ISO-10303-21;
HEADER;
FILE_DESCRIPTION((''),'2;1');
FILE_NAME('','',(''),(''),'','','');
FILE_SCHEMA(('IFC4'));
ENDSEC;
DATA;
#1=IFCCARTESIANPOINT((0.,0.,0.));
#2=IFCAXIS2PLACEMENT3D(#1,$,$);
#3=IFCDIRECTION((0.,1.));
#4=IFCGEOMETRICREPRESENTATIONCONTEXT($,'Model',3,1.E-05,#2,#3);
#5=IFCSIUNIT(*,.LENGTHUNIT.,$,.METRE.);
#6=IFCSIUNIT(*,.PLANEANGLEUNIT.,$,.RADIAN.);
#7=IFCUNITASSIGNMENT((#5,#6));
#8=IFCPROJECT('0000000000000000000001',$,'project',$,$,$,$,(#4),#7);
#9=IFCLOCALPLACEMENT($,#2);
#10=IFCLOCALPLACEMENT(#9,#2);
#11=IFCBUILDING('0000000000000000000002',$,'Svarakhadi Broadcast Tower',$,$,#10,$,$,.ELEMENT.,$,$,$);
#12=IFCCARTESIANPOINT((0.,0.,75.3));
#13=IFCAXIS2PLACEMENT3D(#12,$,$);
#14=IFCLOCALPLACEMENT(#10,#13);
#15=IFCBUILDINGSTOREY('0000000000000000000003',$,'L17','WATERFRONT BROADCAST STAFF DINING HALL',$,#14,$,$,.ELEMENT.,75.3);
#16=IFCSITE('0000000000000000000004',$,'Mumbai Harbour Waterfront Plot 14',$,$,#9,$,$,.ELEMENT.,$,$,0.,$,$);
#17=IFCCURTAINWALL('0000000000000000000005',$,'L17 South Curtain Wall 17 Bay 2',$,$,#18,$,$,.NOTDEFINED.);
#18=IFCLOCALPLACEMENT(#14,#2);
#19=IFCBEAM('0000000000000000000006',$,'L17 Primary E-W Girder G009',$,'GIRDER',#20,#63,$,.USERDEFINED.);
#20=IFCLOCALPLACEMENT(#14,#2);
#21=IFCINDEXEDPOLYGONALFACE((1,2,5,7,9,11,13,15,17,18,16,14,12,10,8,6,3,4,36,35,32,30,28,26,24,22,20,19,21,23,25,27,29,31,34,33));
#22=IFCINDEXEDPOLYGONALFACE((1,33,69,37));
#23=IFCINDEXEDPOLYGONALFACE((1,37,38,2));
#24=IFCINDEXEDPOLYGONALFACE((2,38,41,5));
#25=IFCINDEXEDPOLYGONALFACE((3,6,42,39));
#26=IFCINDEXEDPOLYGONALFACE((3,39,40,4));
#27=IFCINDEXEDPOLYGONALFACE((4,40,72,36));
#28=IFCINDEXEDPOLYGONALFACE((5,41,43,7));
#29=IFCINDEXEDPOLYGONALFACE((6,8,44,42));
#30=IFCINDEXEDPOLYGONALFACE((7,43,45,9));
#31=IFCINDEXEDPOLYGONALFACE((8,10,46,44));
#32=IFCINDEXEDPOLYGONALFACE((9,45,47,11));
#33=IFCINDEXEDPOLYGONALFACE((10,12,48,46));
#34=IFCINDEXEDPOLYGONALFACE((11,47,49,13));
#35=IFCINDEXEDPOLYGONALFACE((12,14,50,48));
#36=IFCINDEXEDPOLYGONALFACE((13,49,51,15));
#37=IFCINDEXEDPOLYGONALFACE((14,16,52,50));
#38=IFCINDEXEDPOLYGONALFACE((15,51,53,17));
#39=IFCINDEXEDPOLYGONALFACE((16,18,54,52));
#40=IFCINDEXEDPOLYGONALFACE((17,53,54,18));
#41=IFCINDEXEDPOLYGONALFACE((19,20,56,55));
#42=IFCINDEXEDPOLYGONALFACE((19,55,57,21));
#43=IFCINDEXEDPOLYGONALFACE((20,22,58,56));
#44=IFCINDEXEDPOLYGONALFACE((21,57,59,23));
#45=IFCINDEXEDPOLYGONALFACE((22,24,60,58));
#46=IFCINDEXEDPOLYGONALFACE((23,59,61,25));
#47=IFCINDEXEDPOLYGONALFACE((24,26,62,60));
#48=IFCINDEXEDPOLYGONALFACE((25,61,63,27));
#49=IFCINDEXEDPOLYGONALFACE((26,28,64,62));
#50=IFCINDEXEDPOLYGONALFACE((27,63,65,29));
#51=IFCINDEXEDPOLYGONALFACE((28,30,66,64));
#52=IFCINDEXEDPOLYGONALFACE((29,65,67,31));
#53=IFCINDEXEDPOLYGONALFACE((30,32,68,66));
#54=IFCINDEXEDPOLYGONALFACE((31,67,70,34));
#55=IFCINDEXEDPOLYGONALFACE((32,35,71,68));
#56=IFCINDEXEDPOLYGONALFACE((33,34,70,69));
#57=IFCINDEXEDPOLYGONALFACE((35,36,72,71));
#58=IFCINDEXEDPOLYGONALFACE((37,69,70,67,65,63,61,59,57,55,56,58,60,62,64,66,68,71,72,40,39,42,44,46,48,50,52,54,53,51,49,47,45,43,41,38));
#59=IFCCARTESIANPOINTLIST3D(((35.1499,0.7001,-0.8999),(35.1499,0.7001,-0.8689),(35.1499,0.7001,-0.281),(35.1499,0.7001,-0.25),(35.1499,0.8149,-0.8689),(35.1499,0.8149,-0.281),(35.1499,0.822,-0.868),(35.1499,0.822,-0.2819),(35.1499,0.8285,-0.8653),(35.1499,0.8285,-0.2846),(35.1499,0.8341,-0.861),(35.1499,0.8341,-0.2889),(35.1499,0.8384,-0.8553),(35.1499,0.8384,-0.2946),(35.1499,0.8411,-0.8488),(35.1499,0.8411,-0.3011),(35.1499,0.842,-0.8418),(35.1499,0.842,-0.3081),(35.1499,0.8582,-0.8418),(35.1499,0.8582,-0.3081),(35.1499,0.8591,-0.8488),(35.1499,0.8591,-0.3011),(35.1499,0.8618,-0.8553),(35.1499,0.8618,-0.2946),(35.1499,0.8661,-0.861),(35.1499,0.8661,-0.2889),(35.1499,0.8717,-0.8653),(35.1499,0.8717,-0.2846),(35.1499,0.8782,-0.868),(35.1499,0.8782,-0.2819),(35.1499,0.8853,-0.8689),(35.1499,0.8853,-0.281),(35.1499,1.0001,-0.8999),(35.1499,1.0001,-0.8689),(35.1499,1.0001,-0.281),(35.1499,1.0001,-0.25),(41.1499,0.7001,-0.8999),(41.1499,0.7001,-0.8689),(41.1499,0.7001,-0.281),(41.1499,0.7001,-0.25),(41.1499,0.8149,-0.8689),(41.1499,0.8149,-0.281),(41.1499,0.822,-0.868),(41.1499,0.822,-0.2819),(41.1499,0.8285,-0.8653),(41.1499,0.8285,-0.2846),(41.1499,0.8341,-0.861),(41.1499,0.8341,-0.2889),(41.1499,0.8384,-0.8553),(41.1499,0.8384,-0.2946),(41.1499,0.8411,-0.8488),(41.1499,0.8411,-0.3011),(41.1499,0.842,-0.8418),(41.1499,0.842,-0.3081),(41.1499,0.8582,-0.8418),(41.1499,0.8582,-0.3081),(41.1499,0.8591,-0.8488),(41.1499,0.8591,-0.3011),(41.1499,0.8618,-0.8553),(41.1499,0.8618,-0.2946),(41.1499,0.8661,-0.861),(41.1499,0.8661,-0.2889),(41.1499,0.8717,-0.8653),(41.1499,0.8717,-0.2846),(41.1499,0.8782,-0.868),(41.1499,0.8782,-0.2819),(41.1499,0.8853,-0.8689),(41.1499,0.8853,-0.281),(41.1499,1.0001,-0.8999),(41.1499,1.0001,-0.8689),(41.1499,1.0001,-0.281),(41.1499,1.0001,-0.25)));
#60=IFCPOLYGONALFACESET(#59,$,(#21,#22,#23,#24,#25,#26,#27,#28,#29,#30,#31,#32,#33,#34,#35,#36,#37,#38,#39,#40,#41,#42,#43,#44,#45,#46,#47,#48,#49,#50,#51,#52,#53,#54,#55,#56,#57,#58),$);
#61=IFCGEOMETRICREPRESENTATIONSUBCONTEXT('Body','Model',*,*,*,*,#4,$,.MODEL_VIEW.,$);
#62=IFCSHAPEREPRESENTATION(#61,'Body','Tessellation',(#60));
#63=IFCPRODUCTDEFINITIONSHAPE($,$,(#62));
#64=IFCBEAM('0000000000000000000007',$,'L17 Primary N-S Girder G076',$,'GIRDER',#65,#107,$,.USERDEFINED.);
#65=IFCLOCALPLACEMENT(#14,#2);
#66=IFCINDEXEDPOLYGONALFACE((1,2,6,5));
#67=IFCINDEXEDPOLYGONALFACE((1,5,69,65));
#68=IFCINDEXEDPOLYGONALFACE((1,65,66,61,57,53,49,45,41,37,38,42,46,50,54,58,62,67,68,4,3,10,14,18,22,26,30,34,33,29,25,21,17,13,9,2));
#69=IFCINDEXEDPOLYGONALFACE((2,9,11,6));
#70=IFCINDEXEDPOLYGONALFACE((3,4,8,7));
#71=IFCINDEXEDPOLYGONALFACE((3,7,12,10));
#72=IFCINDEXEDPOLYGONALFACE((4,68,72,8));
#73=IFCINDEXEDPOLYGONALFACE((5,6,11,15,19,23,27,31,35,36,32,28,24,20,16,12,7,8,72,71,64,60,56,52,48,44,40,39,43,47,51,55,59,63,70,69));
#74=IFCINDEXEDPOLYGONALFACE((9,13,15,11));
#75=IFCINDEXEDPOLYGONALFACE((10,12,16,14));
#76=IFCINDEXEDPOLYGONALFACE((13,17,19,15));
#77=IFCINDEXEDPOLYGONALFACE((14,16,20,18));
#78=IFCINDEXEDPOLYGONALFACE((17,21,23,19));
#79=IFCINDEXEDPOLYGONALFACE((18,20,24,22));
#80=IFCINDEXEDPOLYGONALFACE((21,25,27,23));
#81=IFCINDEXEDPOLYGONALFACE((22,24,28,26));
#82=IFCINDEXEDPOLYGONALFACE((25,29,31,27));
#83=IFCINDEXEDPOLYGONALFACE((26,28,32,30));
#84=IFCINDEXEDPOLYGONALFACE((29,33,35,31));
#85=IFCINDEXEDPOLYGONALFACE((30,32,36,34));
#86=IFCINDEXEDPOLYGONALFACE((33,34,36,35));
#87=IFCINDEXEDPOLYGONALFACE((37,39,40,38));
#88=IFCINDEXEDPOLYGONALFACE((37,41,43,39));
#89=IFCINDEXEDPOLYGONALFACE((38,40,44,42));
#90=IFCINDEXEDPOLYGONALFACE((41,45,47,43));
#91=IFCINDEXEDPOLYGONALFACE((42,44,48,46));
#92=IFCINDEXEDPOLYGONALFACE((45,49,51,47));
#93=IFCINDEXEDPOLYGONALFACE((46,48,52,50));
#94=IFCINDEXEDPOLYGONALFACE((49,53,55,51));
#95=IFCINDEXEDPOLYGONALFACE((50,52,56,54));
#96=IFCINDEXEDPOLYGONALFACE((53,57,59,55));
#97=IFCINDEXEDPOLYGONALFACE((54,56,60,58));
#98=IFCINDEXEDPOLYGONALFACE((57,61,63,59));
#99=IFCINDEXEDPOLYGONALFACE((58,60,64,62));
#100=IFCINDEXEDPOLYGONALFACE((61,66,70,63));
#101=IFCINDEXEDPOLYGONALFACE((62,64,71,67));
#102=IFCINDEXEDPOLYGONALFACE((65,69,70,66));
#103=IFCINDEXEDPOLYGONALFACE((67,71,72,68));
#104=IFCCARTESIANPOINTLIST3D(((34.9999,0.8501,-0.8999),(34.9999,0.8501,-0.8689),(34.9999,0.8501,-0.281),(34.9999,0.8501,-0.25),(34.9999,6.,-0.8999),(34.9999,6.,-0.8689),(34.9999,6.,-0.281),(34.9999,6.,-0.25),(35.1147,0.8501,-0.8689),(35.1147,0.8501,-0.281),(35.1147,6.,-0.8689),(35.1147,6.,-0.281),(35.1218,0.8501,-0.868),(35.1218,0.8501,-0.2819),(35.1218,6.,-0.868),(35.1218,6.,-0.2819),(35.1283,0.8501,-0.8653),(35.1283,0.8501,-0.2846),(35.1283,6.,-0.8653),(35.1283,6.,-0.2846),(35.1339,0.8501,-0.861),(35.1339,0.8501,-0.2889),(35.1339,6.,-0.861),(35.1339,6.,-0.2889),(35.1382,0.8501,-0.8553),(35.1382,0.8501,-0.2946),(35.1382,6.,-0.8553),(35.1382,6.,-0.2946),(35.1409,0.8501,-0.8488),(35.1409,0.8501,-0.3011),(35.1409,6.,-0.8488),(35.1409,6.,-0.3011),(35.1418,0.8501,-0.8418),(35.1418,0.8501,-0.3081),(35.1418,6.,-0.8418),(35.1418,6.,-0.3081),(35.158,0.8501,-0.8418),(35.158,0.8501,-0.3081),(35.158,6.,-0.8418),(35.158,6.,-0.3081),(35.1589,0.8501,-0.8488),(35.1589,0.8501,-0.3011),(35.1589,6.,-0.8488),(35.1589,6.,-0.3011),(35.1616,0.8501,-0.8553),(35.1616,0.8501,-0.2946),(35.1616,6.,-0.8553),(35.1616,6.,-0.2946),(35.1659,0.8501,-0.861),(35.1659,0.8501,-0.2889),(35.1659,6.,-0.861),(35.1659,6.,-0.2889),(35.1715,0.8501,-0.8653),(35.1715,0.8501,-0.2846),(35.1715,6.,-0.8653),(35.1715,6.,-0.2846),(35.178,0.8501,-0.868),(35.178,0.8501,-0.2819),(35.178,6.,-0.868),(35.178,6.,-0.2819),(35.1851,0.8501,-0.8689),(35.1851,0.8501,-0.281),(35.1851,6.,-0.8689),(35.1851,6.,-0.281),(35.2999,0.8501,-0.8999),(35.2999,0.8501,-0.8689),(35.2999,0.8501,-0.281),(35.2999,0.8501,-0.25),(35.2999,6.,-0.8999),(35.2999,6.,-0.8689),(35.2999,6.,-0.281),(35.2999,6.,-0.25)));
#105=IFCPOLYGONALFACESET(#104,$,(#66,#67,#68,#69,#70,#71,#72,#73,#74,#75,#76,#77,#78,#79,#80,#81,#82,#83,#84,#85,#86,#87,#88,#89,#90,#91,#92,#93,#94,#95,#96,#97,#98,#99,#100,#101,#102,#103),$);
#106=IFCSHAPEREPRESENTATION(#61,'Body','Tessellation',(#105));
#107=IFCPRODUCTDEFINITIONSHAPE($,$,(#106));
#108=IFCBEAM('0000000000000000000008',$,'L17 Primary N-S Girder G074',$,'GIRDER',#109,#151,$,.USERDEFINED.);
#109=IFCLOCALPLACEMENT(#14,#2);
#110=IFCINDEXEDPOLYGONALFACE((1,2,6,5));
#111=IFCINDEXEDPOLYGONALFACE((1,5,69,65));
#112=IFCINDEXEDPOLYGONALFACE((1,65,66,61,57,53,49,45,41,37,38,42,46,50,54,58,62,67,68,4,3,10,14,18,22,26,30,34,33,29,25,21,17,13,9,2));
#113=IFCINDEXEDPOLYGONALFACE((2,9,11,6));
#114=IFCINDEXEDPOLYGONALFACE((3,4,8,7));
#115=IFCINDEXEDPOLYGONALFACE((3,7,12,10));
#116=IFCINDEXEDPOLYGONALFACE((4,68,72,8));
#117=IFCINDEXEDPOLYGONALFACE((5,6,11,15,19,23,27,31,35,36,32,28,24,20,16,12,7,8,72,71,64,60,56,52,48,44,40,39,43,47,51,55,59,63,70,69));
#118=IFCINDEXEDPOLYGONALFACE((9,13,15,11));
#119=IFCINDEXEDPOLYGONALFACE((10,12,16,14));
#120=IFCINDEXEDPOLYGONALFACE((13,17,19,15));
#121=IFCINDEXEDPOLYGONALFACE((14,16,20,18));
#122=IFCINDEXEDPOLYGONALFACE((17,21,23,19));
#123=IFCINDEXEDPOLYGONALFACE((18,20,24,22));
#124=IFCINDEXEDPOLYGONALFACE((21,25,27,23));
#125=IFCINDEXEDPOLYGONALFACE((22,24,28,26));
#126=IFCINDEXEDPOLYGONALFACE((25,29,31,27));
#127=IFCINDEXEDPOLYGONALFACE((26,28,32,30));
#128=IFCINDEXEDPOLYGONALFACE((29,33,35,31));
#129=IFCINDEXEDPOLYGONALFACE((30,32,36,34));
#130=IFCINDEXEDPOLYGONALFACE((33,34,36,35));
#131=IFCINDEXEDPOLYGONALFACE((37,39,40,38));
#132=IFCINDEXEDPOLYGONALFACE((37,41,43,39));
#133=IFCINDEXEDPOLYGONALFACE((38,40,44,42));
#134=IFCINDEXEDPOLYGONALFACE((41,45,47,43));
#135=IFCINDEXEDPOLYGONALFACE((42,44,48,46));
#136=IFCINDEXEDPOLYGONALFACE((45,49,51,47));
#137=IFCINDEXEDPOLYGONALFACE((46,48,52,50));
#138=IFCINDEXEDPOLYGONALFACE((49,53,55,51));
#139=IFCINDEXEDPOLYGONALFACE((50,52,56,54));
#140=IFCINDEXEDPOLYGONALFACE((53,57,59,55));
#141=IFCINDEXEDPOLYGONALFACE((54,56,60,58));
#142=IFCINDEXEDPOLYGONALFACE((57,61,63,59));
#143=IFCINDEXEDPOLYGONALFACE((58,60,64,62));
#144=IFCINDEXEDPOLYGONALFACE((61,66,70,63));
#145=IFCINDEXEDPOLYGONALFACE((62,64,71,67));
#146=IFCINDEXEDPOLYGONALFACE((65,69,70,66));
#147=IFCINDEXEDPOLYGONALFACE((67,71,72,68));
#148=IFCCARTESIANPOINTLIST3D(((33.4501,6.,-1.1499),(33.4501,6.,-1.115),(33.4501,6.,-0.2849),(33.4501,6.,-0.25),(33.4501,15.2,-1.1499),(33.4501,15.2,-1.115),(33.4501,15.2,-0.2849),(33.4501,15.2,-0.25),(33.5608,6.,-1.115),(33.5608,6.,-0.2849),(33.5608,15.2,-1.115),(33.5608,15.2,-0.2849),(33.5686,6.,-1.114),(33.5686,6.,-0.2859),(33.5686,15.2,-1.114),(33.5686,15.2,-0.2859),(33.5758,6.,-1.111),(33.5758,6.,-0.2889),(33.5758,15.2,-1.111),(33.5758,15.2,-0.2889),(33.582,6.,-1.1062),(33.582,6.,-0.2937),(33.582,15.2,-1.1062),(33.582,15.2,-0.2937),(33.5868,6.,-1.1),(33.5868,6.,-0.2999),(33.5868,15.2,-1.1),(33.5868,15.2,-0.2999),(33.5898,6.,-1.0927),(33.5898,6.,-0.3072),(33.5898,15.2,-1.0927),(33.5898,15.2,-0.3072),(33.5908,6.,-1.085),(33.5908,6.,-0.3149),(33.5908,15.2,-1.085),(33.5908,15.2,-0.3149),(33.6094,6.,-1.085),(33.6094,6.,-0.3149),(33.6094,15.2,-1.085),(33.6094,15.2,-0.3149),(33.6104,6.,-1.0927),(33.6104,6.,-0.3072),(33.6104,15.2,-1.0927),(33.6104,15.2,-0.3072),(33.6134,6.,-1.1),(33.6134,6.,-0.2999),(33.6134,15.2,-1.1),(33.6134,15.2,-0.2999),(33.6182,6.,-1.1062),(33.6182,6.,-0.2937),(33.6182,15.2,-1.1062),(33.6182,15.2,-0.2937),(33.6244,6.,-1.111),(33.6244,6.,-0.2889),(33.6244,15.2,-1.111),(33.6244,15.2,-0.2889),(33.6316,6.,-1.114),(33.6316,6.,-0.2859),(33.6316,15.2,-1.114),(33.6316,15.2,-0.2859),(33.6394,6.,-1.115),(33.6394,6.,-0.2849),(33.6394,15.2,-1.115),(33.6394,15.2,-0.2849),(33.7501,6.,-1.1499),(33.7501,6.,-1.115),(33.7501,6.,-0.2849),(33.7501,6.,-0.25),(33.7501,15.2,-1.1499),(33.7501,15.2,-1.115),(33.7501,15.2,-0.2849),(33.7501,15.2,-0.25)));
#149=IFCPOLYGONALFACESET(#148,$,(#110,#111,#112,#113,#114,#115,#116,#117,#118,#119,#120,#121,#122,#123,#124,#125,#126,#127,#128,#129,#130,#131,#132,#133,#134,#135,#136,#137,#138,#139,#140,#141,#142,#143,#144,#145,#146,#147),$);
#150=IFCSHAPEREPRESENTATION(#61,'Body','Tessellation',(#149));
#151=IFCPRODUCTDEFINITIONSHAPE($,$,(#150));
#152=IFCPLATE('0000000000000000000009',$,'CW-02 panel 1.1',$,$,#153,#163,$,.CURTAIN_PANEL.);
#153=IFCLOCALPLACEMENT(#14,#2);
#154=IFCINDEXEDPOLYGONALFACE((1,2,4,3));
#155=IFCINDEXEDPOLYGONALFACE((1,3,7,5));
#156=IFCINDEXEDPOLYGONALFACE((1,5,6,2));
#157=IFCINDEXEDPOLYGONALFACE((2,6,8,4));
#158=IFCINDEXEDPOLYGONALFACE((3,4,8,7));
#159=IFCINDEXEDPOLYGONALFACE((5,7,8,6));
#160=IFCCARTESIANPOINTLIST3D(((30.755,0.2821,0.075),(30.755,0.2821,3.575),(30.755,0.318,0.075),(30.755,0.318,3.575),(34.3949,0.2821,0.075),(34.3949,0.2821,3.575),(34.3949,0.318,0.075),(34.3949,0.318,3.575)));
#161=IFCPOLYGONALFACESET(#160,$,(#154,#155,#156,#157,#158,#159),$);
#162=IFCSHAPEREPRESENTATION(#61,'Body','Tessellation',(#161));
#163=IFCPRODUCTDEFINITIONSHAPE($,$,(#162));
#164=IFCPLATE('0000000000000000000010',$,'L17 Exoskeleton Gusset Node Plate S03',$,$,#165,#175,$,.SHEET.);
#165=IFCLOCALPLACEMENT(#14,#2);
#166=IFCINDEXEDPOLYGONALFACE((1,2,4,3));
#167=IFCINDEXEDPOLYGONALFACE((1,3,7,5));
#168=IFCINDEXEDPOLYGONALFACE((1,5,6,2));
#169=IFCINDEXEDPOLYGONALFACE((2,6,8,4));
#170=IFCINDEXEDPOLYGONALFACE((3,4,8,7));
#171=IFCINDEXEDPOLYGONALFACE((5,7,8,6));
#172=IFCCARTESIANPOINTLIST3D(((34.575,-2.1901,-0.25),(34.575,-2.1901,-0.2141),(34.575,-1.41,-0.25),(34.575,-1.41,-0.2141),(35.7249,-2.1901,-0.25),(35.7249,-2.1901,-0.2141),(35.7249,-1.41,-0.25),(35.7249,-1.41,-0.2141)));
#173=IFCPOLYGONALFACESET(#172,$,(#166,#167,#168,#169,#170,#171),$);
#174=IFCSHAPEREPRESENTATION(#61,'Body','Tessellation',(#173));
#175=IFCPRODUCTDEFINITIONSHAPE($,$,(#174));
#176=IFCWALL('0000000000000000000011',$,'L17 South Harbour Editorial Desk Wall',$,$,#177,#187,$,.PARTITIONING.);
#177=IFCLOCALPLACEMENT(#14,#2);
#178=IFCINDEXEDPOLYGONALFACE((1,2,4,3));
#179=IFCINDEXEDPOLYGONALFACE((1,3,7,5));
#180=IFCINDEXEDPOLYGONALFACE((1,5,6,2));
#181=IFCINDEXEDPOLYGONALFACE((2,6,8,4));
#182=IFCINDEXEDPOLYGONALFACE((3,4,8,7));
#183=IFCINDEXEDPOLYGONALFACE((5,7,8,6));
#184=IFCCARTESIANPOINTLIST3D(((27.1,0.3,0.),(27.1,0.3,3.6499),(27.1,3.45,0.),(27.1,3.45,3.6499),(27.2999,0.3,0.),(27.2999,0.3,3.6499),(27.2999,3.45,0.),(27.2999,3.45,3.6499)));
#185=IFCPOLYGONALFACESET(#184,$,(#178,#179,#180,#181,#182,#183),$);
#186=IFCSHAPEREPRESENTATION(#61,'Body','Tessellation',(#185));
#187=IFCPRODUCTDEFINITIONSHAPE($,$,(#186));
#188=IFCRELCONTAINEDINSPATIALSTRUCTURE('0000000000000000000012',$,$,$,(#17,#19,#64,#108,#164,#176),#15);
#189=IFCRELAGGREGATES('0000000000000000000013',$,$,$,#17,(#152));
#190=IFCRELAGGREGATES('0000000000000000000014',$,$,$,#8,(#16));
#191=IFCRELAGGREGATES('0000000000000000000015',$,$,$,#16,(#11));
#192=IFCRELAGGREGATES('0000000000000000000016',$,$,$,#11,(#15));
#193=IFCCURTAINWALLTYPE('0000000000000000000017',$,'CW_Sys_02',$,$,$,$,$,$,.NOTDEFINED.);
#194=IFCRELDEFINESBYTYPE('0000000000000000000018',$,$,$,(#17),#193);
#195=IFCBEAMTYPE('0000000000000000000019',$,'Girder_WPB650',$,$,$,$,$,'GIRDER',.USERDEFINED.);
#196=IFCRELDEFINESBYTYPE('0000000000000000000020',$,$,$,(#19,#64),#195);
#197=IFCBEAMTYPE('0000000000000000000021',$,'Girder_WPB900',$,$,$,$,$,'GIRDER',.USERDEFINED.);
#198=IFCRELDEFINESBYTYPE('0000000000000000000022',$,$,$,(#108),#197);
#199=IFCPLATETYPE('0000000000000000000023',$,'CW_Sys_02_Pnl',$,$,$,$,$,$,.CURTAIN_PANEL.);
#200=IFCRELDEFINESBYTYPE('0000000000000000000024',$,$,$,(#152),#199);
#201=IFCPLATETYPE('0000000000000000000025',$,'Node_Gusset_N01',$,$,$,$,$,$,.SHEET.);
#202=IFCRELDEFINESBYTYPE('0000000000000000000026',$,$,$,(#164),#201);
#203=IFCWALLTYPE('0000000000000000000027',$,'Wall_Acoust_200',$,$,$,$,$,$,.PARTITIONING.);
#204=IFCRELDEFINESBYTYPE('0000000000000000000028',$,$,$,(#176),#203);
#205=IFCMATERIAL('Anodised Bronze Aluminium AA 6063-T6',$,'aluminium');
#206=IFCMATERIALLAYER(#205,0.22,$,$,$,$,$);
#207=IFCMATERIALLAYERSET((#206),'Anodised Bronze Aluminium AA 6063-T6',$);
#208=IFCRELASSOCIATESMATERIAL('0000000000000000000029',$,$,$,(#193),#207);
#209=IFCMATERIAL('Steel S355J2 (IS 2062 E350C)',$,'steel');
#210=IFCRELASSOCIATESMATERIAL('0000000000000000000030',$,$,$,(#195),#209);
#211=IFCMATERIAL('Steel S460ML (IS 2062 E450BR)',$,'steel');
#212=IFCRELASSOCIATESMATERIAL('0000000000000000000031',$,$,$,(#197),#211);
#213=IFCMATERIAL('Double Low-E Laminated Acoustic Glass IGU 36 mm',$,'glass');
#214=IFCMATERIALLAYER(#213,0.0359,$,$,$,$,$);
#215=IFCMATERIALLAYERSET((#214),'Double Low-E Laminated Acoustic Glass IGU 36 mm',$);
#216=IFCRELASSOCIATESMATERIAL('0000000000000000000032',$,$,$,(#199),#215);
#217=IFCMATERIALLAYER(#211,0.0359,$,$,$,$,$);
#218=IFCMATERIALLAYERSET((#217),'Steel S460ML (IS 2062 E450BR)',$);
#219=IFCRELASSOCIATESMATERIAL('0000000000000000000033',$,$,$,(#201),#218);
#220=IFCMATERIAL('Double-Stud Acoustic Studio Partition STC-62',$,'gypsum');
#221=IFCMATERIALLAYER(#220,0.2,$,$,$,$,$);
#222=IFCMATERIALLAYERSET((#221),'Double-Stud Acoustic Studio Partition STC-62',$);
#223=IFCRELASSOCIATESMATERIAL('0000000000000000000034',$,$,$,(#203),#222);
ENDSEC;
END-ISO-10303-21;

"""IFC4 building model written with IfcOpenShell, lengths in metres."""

from ifc_helpers import new_model, si_unit, direction, frame, frame_2d, origin, origin_2d, place, context, subcontext, project, spatial, rectangle, i_section, extrude, material, layer, layer_set, material_profile, profile_set, type_object, element, aggregate, save


model = new_model("IFC4")

# Units and contexts
model_context = context("Model", 3, precision=1e-05, world=origin(), true_north=direction((0.0, 1.0)))
body_context = subcontext(model_context, "Body", "Model", "MODEL_VIEW")
ifc_project = project(units=[si_unit("LENGTHUNIT", "METRE"), si_unit("PLANEANGLEUNIT", "RADIAN")], contexts=[model_context])

# Site, building, storey
site_placement = place(None, origin())
site = spatial("IfcSite", under=ifc_project, at=site_placement, Name="Mumbai Harbour Waterfront Plot 14", CompositionType="ELEMENT", RefElevation=0.0)
building_placement = place(site_placement, origin())
building = spatial("IfcBuilding", under=site, at=building_placement, Name="Svarakhadi Broadcast Tower", CompositionType="ELEMENT")
storey_placement = place(building_placement, frame((0.0, 0.0, 75.3)))
storey = spatial("IfcBuildingStorey", under=building, at=storey_placement, Name="L17", Description="WATERFRONT BROADCAST STAFF DINING HALL", CompositionType="ELEMENT", Elevation=75.3)

# Curtain wall
ifc_material_1 = material(Name="Anodised Bronze Aluminium AA 6063-T6", Category="aluminium")
ifc_layer_1 = layer(ifc_material_1, 0.22)
ifc_layer_set_1 = layer_set([ifc_layer_1], Name="Anodised Bronze Aluminium AA 6063-T6")
curtain_wall_type = type_object("IfcCurtainWallType", Name="CW_Sys_02", PredefinedType="NOTDEFINED", material=ifc_layer_set_1)
curtain_wall_1_placement = place(storey_placement, origin())
curtain_wall_1 = element("IfcCurtainWall", 1, at=curtain_wall_1_placement, inside=storey, type_object=curtain_wall_type, Name="L17 South Curtain Wall 17 Bay 2", PredefinedType="NOTDEFINED")

# Shared definitions
ifc_material_2 = material(Name="Steel S460ML (IS 2062 E450BR)", Category="steel")

# Beams
ifc_material_3 = material(Name="Steel S355J2 (IS 2062 E350C)", Category="steel")
ifc_material_profile_1 = material_profile(ifc_material_3, i_section(OverallWidth=0.3, OverallDepth=0.6499, WebThickness=0.0161, FlangeThickness=0.031, FilletRadius=0.0271, at=origin_2d()), Name="WPB 650x300x225")
ifc_profile_set_1 = profile_set([ifc_material_profile_1], Name="Steel S355J2 (IS 2062 E350C)")
beam_type_1 = type_object("IfcBeamType", Name="Girder_WPB650", ElementType="GIRDER", PredefinedType="USERDEFINED", material=ifc_profile_set_1)
beam_1_placement = place(storey_placement, frame((35.1499, 0.8501, -0.575), z_axis=(1.0, 0.0, 0.0), x_axis=(0.0, 1.0, 0.0)))
element("IfcBeam", 2, at=beam_1_placement, inside=storey, type_object=beam_type_1, Name="L17 Primary E-W Girder G009", ObjectType="GIRDER", PredefinedType="USERDEFINED", context=body_context, shape_type="SweptSolid", body=[
    extrude(i_section(OverallWidth=0.3, OverallDepth=0.6499, WebThickness=0.0161, FlangeThickness=0.031, FilletRadius=0.0271, at=origin_2d()), origin(), (0.0, 0.0, 1.0), 6.0),
])
beam_2_placement = place(storey_placement, frame((35.1499, 0.8501, -0.575), z_axis=(0.0, 1.0, 0.0), x_axis=(-1.0, 0.0, 0.0)))
element("IfcBeam", 3, at=beam_2_placement, inside=storey, type_object=beam_type_1, Name="L17 Primary N-S Girder G076", ObjectType="GIRDER", PredefinedType="USERDEFINED", context=body_context, shape_type="SweptSolid", body=[
    extrude(i_section(OverallWidth=0.3, OverallDepth=0.6499, WebThickness=0.0161, FlangeThickness=0.031, FilletRadius=0.0271, at=origin_2d()), origin(), (0.0, 0.0, 1.0), 5.1499),
])
ifc_material_profile_2 = material_profile(ifc_material_2, i_section(OverallWidth=0.3, OverallDepth=0.8999, WebThickness=0.0186, FlangeThickness=0.0349, FilletRadius=0.03, at=origin_2d()), Name="WPB 900x300x291")
ifc_profile_set_2 = profile_set([ifc_material_profile_2], Name="Steel S460ML (IS 2062 E450BR)")
beam_type_2 = type_object("IfcBeamType", Name="Girder_WPB900", ElementType="GIRDER", PredefinedType="USERDEFINED", material=ifc_profile_set_2)
beam_3_placement = place(storey_placement, frame((33.6001, 6.0, -0.7), z_axis=(0.0, 1.0, 0.0), x_axis=(-1.0, 0.0, 0.0)))
element("IfcBeam", 4, at=beam_3_placement, inside=storey, type_object=beam_type_2, Name="L17 Primary N-S Girder G074", ObjectType="GIRDER", PredefinedType="USERDEFINED", context=body_context, shape_type="SweptSolid", body=[
    extrude(i_section(OverallWidth=0.3, OverallDepth=0.8999, WebThickness=0.0186, FlangeThickness=0.0349, FilletRadius=0.03, at=origin_2d()), origin(), (0.0, 0.0, 1.0), 9.2),
])

# Plates
ifc_material_4 = material(Name="Double Low-E Laminated Acoustic Glass IGU 36 mm", Category="glass")
ifc_layer_2 = layer(ifc_material_4, 0.0359)
ifc_layer_set_2 = layer_set([ifc_layer_2], Name="Double Low-E Laminated Acoustic Glass IGU 36 mm")
plate_type_1 = type_object("IfcPlateType", Name="CW_Sys_02_Pnl", PredefinedType="CURTAIN_PANEL", material=ifc_layer_set_2)
plate_1_placement = place(storey_placement, frame((32.575, 0.3, 0.075), z_axis=(0.0, 0.0, 1.0), x_axis=(-1.0, 0.0, 0.0)))
plate_1 = element("IfcPlate", 5, at=plate_1_placement, type_object=plate_type_1, Name="CW-02 panel 1.1", PredefinedType="CURTAIN_PANEL", context=body_context, shape_type="SweptSolid", body=[
    extrude(rectangle(XDim=3.6399, YDim=0.0359, at=origin_2d()), origin(), (0.0, 0.0, 1.0), 3.5),
])
aggregate(curtain_wall_1, [plate_1])
ifc_layer_3 = layer(ifc_material_2, 0.0359)
ifc_layer_set_3 = layer_set([ifc_layer_3], Name="Steel S460ML (IS 2062 E450BR)")
plate_type_2 = type_object("IfcPlateType", Name="Node_Gusset_N01", PredefinedType="SHEET", material=ifc_layer_set_3)
plate_2_placement = place(storey_placement, frame((35.1499, -1.8, -0.25), z_axis=(0.0, 0.0, 1.0), x_axis=(1.0, 0.0, 0.0)))
element("IfcPlate", 6, at=plate_2_placement, inside=storey, type_object=plate_type_2, Name="L17 Exoskeleton Gusset Node Plate S03", PredefinedType="SHEET", context=body_context, shape_type="SweptSolid", body=[
    extrude(rectangle(XDim=1.1499, YDim=0.78, at=origin_2d()), origin(), (0.0, 0.0, 1.0), 0.0359),
])

# Wall
ifc_material_5 = material(Name="Double-Stud Acoustic Studio Partition STC-62", Category="gypsum")
ifc_layer_4 = layer(ifc_material_5, 0.2)
ifc_layer_set_4 = layer_set([ifc_layer_4], Name="Double-Stud Acoustic Studio Partition STC-62")
wall_type_1 = type_object("IfcWallType", Name="Wall_Acoust_200", PredefinedType="PARTITIONING", material=ifc_layer_set_4)
for number, where, z_axis, x_axis, name in (
    (7, (27.2, 0.3, 0.0), (0.0, 0.0, 1.0), (0.0, 1.0, 0.0), "L17 South Harbour Editorial Desk Wall"),
):
    element("IfcWall", number, at=place(storey_placement, frame(where, z_axis=z_axis, x_axis=x_axis)), inside=storey, type_object=wall_type_1, Name=name, PredefinedType="PARTITIONING", context=body_context, shape_type="SweptSolid", body=[
        extrude(rectangle(XDim=3.1499, YDim=0.2, at=frame_2d((1.575, 0.0))), origin(), (0.0, 0.0, 1.0), 3.6499),
    ])

save(model, "model.ifc")
